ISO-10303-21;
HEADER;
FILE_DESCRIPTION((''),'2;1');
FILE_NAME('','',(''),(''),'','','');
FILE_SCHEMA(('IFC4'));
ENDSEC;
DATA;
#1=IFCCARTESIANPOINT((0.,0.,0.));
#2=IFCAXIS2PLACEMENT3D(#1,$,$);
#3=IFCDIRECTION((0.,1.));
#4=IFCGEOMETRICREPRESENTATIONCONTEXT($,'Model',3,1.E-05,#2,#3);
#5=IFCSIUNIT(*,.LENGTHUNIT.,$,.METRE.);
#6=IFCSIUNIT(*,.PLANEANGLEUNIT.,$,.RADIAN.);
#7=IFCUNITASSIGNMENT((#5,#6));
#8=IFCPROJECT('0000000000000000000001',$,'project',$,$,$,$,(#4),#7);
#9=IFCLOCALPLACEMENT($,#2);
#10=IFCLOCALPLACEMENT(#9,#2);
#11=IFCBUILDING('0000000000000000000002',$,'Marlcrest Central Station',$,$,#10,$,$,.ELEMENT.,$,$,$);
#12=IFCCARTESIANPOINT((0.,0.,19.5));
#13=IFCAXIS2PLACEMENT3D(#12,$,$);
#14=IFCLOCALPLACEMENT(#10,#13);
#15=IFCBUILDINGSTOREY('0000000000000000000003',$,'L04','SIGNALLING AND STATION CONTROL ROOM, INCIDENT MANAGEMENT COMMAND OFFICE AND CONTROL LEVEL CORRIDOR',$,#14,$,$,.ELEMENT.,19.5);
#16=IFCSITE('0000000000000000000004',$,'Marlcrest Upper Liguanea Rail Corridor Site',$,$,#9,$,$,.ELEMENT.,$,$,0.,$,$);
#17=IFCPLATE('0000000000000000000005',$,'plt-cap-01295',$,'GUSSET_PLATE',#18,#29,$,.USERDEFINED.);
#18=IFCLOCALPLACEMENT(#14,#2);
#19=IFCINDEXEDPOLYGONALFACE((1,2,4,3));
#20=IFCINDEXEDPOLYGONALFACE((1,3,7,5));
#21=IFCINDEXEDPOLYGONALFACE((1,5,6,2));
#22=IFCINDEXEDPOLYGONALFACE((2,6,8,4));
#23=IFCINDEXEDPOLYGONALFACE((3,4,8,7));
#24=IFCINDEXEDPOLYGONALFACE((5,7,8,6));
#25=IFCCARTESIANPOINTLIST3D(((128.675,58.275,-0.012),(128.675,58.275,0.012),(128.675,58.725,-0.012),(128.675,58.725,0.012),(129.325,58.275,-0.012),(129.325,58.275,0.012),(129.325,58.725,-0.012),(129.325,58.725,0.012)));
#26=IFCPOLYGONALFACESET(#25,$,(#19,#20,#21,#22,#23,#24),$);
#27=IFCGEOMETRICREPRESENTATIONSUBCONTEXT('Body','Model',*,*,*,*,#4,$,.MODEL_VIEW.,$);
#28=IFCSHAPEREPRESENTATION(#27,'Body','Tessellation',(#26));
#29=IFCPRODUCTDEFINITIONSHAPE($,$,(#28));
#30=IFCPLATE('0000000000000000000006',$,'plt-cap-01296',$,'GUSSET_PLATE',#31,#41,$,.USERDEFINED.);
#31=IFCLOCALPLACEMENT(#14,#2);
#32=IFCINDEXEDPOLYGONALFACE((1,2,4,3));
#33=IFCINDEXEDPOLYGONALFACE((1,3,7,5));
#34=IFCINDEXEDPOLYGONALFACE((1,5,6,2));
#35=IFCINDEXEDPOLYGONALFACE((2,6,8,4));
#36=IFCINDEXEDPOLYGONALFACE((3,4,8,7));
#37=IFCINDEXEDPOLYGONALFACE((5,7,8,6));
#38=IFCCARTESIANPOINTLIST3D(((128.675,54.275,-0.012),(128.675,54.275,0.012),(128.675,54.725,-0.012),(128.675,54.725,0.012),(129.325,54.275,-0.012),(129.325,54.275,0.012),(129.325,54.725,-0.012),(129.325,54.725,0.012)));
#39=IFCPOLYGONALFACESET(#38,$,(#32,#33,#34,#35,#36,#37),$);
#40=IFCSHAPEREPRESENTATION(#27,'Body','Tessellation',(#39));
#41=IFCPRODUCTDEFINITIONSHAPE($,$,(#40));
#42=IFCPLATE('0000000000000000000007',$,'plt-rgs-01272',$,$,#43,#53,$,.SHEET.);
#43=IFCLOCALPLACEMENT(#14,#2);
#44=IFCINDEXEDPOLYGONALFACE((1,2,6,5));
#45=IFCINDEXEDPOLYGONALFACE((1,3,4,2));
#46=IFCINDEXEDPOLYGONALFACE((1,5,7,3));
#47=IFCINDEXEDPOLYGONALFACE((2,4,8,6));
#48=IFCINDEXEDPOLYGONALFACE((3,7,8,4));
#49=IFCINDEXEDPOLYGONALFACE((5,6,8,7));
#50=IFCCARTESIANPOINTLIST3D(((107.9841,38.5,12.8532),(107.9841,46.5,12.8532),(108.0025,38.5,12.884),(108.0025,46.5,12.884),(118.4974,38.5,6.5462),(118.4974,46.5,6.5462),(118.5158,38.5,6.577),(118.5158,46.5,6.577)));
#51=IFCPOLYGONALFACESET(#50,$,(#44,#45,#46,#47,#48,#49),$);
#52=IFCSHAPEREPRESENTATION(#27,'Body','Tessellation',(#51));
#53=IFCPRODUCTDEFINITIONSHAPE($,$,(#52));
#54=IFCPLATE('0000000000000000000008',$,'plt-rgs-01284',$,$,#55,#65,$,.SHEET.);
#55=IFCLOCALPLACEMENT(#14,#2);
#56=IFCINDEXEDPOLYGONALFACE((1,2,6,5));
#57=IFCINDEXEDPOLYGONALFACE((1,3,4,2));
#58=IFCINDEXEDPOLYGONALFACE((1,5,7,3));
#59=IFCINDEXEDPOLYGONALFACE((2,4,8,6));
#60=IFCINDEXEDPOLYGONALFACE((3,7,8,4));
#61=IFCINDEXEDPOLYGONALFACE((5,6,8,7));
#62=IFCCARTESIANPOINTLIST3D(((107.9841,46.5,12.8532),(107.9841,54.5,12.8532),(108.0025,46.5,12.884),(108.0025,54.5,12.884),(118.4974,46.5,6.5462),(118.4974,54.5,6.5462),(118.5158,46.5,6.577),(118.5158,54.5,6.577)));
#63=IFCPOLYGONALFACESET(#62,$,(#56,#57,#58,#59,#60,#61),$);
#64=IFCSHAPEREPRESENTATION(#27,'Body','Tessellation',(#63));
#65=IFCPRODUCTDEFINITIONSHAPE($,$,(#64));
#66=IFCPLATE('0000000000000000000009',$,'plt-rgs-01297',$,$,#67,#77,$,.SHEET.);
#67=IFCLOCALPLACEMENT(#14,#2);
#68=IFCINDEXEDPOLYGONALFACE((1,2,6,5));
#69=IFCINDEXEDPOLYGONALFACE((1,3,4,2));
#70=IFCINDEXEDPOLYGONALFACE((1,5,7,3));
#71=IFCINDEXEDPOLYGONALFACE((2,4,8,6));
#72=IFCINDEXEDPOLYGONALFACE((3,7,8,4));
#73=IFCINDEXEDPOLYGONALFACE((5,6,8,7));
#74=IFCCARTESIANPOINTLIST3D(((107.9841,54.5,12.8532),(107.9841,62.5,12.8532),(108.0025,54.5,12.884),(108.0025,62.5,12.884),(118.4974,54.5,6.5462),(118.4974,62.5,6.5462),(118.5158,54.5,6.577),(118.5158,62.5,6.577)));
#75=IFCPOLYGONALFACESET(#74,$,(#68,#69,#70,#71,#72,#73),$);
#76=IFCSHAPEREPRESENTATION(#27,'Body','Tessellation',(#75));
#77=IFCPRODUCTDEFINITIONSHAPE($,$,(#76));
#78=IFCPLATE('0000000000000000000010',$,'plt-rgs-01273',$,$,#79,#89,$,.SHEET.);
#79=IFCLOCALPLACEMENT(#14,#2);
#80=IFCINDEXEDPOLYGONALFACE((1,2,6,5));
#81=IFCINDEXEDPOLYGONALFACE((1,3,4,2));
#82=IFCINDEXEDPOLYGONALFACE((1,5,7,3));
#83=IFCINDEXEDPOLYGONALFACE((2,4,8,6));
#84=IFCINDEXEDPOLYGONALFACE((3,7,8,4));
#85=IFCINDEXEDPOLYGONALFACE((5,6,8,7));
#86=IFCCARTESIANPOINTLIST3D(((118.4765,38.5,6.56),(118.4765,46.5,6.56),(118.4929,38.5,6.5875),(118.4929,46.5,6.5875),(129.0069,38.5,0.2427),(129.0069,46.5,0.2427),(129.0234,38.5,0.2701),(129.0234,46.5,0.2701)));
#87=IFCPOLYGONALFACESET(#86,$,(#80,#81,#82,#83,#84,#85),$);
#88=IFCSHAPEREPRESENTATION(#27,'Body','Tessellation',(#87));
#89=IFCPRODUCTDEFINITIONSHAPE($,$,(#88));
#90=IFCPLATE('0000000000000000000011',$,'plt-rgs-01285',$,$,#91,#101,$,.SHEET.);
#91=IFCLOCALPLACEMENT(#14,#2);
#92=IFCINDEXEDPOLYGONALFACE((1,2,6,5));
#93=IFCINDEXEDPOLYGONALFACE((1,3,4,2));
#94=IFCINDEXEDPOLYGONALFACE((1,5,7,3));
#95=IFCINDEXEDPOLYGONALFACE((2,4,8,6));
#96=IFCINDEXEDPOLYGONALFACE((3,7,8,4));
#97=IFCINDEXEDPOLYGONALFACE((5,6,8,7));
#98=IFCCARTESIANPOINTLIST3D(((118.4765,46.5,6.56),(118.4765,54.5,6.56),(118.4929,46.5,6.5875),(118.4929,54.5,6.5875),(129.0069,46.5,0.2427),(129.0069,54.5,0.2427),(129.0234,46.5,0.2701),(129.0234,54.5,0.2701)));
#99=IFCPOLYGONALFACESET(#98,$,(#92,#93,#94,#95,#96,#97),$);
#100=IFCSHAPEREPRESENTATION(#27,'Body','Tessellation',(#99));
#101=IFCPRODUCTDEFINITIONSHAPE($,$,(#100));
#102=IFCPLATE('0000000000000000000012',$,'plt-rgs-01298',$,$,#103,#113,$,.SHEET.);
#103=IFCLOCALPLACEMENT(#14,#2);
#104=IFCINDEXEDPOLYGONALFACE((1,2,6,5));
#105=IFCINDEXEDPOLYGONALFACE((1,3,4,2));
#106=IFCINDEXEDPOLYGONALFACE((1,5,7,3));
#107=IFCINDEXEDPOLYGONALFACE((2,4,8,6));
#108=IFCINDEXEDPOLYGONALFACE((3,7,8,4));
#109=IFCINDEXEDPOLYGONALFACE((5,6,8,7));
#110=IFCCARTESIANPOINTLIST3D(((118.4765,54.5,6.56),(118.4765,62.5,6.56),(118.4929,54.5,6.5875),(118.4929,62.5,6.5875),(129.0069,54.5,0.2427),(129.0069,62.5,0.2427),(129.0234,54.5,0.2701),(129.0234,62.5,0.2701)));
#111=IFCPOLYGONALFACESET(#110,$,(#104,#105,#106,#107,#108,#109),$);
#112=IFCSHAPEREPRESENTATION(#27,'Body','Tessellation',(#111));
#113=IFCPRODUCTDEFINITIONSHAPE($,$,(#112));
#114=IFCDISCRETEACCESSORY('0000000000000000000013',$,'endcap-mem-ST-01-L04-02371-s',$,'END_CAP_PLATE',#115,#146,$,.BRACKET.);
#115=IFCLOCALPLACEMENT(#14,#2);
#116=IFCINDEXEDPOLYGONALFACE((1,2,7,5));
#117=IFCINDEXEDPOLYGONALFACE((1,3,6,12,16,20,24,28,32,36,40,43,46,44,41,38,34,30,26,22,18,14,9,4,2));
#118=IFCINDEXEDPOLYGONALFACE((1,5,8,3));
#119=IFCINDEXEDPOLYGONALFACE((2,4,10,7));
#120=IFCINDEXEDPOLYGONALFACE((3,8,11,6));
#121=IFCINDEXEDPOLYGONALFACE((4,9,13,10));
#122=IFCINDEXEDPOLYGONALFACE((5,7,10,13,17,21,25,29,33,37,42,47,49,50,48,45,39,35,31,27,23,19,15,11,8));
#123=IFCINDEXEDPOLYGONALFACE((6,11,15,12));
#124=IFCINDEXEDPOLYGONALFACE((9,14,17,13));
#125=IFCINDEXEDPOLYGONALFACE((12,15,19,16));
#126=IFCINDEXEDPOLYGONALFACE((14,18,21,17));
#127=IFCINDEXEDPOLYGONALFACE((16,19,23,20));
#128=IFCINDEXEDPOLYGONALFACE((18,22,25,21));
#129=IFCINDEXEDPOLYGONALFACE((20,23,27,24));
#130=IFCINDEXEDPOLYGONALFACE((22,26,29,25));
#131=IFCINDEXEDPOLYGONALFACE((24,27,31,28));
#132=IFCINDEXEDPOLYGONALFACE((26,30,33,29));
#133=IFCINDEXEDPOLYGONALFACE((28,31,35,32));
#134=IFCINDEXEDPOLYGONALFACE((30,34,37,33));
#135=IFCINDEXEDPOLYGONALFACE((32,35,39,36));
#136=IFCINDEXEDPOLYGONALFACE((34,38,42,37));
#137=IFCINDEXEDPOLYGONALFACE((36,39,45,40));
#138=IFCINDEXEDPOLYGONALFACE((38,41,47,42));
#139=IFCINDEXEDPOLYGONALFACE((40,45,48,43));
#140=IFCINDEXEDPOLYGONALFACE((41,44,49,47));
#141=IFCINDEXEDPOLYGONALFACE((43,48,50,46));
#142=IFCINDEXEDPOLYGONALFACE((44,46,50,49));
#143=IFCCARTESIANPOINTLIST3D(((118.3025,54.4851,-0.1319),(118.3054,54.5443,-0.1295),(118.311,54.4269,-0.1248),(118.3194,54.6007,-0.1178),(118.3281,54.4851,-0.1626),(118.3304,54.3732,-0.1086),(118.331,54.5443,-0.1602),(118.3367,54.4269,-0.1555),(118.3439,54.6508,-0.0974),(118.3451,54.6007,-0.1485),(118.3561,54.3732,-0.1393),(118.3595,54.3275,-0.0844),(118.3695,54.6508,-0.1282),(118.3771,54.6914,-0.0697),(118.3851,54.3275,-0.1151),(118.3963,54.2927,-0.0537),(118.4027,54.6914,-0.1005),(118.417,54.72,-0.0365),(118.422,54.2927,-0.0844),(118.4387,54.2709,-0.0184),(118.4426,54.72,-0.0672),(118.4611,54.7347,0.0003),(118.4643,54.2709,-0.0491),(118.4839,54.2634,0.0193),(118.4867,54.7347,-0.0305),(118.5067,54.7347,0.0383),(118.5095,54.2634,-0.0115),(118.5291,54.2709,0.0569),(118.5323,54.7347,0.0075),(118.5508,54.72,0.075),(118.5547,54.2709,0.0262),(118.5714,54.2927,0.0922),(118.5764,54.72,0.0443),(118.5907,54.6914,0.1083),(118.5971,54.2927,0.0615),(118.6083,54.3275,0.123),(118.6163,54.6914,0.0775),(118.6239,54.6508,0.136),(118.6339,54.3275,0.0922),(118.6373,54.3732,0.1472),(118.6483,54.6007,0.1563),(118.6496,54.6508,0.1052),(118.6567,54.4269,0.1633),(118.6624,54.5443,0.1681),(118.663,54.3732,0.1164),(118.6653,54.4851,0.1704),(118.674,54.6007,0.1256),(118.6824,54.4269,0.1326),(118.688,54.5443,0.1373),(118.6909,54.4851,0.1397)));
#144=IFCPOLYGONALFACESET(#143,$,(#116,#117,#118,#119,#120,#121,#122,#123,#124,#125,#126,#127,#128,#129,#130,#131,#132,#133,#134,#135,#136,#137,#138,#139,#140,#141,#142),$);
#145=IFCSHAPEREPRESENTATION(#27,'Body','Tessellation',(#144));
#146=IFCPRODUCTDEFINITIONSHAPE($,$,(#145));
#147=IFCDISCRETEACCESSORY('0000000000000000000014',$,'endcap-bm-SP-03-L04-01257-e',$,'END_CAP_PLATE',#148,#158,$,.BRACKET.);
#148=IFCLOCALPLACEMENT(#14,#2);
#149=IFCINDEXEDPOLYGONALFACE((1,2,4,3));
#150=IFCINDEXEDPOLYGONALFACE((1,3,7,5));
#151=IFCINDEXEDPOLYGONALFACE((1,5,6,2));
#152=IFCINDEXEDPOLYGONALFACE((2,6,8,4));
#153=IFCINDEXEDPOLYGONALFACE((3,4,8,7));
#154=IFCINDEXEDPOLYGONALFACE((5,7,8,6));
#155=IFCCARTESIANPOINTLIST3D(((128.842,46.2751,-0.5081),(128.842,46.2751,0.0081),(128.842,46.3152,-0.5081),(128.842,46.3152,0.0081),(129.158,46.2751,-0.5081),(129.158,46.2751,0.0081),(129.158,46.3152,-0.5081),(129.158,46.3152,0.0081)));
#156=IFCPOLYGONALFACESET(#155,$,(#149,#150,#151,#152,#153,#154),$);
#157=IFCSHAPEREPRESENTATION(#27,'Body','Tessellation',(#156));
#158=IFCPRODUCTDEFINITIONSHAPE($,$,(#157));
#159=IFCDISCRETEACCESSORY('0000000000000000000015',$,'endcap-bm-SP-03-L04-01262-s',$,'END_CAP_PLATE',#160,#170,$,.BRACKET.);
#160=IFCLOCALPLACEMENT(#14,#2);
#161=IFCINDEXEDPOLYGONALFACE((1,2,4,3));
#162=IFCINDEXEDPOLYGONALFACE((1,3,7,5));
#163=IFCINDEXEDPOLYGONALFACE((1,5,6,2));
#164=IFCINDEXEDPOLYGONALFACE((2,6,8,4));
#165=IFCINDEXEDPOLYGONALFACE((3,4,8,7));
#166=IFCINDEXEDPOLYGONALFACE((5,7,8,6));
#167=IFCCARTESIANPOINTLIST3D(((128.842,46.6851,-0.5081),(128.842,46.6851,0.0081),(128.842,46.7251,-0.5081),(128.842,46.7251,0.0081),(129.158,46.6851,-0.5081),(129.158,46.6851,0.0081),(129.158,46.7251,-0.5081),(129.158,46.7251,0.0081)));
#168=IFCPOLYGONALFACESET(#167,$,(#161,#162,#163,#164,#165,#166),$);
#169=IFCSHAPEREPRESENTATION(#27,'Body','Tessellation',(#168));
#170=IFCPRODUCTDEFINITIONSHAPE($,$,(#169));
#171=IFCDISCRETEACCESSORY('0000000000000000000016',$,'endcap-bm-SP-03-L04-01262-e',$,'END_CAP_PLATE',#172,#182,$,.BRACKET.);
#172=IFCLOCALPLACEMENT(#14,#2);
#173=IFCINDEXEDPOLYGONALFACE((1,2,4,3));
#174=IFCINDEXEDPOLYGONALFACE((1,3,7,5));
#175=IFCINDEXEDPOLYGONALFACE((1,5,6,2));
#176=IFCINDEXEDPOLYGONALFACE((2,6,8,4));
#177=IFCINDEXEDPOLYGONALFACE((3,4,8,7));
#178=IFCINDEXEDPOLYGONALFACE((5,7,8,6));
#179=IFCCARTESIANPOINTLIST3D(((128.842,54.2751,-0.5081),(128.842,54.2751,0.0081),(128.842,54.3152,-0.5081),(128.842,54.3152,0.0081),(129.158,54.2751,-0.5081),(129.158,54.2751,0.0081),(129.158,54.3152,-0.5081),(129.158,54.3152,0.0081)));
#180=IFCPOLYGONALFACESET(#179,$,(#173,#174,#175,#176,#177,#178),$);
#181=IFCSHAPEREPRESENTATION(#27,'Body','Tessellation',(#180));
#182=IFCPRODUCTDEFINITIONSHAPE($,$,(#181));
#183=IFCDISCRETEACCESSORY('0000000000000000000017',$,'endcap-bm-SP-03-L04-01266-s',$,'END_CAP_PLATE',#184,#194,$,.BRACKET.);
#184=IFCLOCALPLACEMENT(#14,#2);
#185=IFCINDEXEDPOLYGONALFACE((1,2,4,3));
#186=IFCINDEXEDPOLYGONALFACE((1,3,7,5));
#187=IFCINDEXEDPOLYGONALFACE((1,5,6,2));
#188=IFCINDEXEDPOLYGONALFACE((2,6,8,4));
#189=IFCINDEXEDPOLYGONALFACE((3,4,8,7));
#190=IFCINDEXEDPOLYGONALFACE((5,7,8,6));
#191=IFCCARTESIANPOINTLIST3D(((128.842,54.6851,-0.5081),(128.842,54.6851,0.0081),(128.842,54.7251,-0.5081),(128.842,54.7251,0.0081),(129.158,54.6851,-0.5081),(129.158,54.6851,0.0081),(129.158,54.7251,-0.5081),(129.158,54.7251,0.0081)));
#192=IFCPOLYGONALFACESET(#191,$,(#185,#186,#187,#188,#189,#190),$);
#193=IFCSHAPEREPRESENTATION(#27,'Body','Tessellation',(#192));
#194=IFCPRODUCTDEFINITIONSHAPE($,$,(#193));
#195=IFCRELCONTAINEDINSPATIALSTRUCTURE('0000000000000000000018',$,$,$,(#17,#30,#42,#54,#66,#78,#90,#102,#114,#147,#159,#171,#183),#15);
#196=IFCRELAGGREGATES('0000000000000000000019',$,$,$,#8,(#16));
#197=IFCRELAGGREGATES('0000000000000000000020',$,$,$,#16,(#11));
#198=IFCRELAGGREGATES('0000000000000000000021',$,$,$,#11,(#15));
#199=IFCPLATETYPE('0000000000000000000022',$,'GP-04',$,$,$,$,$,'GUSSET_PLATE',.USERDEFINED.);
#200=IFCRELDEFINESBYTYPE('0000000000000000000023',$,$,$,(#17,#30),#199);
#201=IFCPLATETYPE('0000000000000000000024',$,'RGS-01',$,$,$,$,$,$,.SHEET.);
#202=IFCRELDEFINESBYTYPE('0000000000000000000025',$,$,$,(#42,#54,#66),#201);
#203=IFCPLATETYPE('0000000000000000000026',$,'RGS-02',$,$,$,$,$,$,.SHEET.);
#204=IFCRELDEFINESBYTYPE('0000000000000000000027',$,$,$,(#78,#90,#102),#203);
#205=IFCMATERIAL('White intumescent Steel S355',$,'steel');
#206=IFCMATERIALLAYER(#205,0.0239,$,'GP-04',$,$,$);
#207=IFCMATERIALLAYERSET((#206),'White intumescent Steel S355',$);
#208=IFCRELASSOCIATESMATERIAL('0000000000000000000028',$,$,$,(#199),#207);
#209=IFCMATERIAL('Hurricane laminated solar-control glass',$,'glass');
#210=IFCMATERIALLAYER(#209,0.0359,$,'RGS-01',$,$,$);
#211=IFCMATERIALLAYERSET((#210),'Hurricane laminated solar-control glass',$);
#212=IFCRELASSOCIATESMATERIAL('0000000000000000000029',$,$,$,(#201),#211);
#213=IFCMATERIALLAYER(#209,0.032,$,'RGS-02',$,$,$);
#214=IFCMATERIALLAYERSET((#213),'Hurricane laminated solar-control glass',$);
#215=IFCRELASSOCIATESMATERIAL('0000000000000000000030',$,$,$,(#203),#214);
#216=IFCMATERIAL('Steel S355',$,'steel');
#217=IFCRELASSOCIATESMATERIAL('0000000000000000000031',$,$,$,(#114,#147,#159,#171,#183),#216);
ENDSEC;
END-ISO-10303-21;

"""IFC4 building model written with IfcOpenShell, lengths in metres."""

from ifc_helpers import new_model, si_unit, direction, frame, origin, origin_2d, place, context, subcontext, project, spatial, rectangle, circle, extrude, material, layer, layer_set, type_object, element, save


model = new_model("IFC4")

# Units and contexts
model_context = context("Model", 3, precision=1e-05, world=origin(), true_north=direction((0.0, 1.0)))
body_context = subcontext(model_context, "Body", "Model", "MODEL_VIEW")
ifc_project = project(units=[si_unit("LENGTHUNIT", "METRE"), si_unit("PLANEANGLEUNIT", "RADIAN")], contexts=[model_context])

# Site, building, storey
site_placement = place(None, origin())
site = spatial("IfcSite", under=ifc_project, at=site_placement, Name="Marlcrest Upper Liguanea Rail Corridor Site", CompositionType="ELEMENT", RefElevation=0.0)
building_placement = place(site_placement, origin())
building = spatial("IfcBuilding", under=site, at=building_placement, Name="Marlcrest Central Station", CompositionType="ELEMENT")
storey_placement = place(building_placement, frame((0.0, 0.0, 19.5)))
storey = spatial("IfcBuildingStorey", under=building, at=storey_placement, Name="L04", Description="SIGNALLING AND STATION CONTROL ROOM, INCIDENT MANAGEMENT COMMAND OFFICE AND CONTROL LEVEL CORRIDOR", CompositionType="ELEMENT", Elevation=19.5)

# Shared definitions
ifc_material_1 = material(Name="White intumescent Steel S355", Category="steel")

# Shared definitions
ifc_material_2 = material(Name="Steel S355", Category="steel")

# Plates
ifc_layer_1 = layer(ifc_material_1, 0.0239, Name="GP-04")
ifc_layer_set_1 = layer_set([ifc_layer_1], Name="White intumescent Steel S355")
plate_type_1 = type_object("IfcPlateType", Name="GP-04", ElementType="GUSSET_PLATE", PredefinedType="USERDEFINED", material=ifc_layer_set_1)
for number, where, z_axis, x_axis, name in (
    (1, (129.0, 58.5, -0.012), (0.0, 0.0, 1.0), (1.0, 0.0, 0.0), "plt-cap-01295"),
    (2, (129.0, 54.5, -0.012), (0.0, 0.0, 1.0), (1.0, 0.0, 0.0), "plt-cap-01296"),
):
    element("IfcPlate", number, at=place(storey_placement, frame(where, z_axis=z_axis, x_axis=x_axis)), inside=storey, type_object=plate_type_1, Name=name, ObjectType="GUSSET_PLATE", PredefinedType="USERDEFINED", context=body_context, shape_type="SweptSolid", body=[
        extrude(rectangle(XDim=0.6499, YDim=0.45, at=origin_2d()), origin(), (0.0, 0.0, 1.0), 0.0239),
    ])
ifc_material_3 = material(Name="Hurricane laminated solar-control glass", Category="glass")
ifc_layer_2 = layer(ifc_material_3, 0.0359, Name="RGS-01")
ifc_layer_set_2 = layer_set([ifc_layer_2], Name="Hurricane laminated solar-control glass")
plate_type_2 = type_object("IfcPlateType", Name="RGS-01", PredefinedType="SHEET", material=ifc_layer_set_2)
for number, where, z_axis, x_axis, name in (
    (3, (113.2407, 42.5, 9.6997), (0.51444, 0.0, 0.857527), (0.857527, 0.0, -0.51444), "plt-rgs-01272"),
    (4, (113.2407, 50.5, 9.6997), (0.51444, 0.0, 0.857527), (0.857527, 0.0, -0.51444), "plt-rgs-01284"),
    (5, (113.2407, 58.5, 9.6997), (0.51444, 0.0, 0.857527), (0.857527, 0.0, -0.51444), "plt-rgs-01297"),
):
    element("IfcPlate", number, at=place(storey_placement, frame(where, z_axis=z_axis, x_axis=x_axis)), inside=storey, type_object=plate_type_2, Name=name, PredefinedType="SHEET", context=body_context, shape_type="SweptSolid", body=[
        extrude(rectangle(XDim=12.26, YDim=8.0, at=origin_2d()), origin(), (0.0, 0.0, 1.0), 0.0359),
    ])
ifc_layer_3 = layer(ifc_material_3, 0.032, Name="RGS-02")
ifc_layer_set_3 = layer_set([ifc_layer_3], Name="Hurricane laminated solar-control glass")
plate_type_3 = type_object("IfcPlateType", Name="RGS-02", PredefinedType="SHEET", material=ifc_layer_set_3)
for number, where, z_axis, x_axis, name in (
    (6, (123.7417, 42.5, 3.4014), (0.51444, 0.0, 0.857527), (0.857527, 0.0, -0.51444), "plt-rgs-01273"),
    (7, (123.7417, 50.5, 3.4014), (0.51444, 0.0, 0.857527), (0.857527, 0.0, -0.51444), "plt-rgs-01285"),
    (8, (123.7417, 58.5, 3.4014), (0.51444, 0.0, 0.857527), (0.857527, 0.0, -0.51444), "plt-rgs-01298"),
):
    element("IfcPlate", number, at=place(storey_placement, frame(where, z_axis=z_axis, x_axis=x_axis)), inside=storey, type_object=plate_type_3, Name=name, PredefinedType="SHEET", context=body_context, shape_type="SweptSolid", body=[
        extrude(rectangle(XDim=12.28, YDim=8.0, at=origin_2d()), origin(), (0.0, 0.0, 1.0), 0.032),
    ])

# Discrete accessories
discrete_accessory_1_placement = place(storey_placement, frame((118.5095, 54.5, -0.0115), z_axis=(-0.640181, 0.0, 0.768224), x_axis=(0.0, -1.0, 0.0)))
element("IfcDiscreteAccessory", 9, at=discrete_accessory_1_placement, inside=storey, material=ifc_material_2, Name="endcap-mem-ST-01-L04-02371-s", ObjectType="END_CAP_PLATE", PredefinedType="BRACKET", context=body_context, shape_type="SweptSolid", body=[
    extrude(circle(Radius=0.2366, at=origin_2d()), origin(), (0.0, 0.0, 1.0), 0.04),
])
for number, where, z_axis, x_axis, name in (
    (10, (129.0, 46.2751, -0.25), (0.0, 1.0, 0.0), (-1.0, 0.0, 0.0), "endcap-bm-SP-03-L04-01257-e"),
    (11, (129.0, 46.6851, -0.25), (0.0, 1.0, 0.0), (-1.0, 0.0, 0.0), "endcap-bm-SP-03-L04-01262-s"),
    (12, (129.0, 54.2751, -0.25), (0.0, 1.0, 0.0), (-1.0, 0.0, 0.0), "endcap-bm-SP-03-L04-01262-e"),
    (13, (129.0, 54.6851, -0.25), (0.0, 1.0, 0.0), (-1.0, 0.0, 0.0), "endcap-bm-SP-03-L04-01266-s"),
):
    element("IfcDiscreteAccessory", number, at=place(storey_placement, frame(where, z_axis=z_axis, x_axis=x_axis)), inside=storey, material=ifc_material_2, Name=name, ObjectType="END_CAP_PLATE", PredefinedType="BRACKET", context=body_context, shape_type="SweptSolid", body=[
        extrude(rectangle(XDim=0.3159, YDim=0.5161, at=origin_2d()), origin(), (0.0, 0.0, 1.0), 0.04),
    ])

save(model, "model.ifc")
